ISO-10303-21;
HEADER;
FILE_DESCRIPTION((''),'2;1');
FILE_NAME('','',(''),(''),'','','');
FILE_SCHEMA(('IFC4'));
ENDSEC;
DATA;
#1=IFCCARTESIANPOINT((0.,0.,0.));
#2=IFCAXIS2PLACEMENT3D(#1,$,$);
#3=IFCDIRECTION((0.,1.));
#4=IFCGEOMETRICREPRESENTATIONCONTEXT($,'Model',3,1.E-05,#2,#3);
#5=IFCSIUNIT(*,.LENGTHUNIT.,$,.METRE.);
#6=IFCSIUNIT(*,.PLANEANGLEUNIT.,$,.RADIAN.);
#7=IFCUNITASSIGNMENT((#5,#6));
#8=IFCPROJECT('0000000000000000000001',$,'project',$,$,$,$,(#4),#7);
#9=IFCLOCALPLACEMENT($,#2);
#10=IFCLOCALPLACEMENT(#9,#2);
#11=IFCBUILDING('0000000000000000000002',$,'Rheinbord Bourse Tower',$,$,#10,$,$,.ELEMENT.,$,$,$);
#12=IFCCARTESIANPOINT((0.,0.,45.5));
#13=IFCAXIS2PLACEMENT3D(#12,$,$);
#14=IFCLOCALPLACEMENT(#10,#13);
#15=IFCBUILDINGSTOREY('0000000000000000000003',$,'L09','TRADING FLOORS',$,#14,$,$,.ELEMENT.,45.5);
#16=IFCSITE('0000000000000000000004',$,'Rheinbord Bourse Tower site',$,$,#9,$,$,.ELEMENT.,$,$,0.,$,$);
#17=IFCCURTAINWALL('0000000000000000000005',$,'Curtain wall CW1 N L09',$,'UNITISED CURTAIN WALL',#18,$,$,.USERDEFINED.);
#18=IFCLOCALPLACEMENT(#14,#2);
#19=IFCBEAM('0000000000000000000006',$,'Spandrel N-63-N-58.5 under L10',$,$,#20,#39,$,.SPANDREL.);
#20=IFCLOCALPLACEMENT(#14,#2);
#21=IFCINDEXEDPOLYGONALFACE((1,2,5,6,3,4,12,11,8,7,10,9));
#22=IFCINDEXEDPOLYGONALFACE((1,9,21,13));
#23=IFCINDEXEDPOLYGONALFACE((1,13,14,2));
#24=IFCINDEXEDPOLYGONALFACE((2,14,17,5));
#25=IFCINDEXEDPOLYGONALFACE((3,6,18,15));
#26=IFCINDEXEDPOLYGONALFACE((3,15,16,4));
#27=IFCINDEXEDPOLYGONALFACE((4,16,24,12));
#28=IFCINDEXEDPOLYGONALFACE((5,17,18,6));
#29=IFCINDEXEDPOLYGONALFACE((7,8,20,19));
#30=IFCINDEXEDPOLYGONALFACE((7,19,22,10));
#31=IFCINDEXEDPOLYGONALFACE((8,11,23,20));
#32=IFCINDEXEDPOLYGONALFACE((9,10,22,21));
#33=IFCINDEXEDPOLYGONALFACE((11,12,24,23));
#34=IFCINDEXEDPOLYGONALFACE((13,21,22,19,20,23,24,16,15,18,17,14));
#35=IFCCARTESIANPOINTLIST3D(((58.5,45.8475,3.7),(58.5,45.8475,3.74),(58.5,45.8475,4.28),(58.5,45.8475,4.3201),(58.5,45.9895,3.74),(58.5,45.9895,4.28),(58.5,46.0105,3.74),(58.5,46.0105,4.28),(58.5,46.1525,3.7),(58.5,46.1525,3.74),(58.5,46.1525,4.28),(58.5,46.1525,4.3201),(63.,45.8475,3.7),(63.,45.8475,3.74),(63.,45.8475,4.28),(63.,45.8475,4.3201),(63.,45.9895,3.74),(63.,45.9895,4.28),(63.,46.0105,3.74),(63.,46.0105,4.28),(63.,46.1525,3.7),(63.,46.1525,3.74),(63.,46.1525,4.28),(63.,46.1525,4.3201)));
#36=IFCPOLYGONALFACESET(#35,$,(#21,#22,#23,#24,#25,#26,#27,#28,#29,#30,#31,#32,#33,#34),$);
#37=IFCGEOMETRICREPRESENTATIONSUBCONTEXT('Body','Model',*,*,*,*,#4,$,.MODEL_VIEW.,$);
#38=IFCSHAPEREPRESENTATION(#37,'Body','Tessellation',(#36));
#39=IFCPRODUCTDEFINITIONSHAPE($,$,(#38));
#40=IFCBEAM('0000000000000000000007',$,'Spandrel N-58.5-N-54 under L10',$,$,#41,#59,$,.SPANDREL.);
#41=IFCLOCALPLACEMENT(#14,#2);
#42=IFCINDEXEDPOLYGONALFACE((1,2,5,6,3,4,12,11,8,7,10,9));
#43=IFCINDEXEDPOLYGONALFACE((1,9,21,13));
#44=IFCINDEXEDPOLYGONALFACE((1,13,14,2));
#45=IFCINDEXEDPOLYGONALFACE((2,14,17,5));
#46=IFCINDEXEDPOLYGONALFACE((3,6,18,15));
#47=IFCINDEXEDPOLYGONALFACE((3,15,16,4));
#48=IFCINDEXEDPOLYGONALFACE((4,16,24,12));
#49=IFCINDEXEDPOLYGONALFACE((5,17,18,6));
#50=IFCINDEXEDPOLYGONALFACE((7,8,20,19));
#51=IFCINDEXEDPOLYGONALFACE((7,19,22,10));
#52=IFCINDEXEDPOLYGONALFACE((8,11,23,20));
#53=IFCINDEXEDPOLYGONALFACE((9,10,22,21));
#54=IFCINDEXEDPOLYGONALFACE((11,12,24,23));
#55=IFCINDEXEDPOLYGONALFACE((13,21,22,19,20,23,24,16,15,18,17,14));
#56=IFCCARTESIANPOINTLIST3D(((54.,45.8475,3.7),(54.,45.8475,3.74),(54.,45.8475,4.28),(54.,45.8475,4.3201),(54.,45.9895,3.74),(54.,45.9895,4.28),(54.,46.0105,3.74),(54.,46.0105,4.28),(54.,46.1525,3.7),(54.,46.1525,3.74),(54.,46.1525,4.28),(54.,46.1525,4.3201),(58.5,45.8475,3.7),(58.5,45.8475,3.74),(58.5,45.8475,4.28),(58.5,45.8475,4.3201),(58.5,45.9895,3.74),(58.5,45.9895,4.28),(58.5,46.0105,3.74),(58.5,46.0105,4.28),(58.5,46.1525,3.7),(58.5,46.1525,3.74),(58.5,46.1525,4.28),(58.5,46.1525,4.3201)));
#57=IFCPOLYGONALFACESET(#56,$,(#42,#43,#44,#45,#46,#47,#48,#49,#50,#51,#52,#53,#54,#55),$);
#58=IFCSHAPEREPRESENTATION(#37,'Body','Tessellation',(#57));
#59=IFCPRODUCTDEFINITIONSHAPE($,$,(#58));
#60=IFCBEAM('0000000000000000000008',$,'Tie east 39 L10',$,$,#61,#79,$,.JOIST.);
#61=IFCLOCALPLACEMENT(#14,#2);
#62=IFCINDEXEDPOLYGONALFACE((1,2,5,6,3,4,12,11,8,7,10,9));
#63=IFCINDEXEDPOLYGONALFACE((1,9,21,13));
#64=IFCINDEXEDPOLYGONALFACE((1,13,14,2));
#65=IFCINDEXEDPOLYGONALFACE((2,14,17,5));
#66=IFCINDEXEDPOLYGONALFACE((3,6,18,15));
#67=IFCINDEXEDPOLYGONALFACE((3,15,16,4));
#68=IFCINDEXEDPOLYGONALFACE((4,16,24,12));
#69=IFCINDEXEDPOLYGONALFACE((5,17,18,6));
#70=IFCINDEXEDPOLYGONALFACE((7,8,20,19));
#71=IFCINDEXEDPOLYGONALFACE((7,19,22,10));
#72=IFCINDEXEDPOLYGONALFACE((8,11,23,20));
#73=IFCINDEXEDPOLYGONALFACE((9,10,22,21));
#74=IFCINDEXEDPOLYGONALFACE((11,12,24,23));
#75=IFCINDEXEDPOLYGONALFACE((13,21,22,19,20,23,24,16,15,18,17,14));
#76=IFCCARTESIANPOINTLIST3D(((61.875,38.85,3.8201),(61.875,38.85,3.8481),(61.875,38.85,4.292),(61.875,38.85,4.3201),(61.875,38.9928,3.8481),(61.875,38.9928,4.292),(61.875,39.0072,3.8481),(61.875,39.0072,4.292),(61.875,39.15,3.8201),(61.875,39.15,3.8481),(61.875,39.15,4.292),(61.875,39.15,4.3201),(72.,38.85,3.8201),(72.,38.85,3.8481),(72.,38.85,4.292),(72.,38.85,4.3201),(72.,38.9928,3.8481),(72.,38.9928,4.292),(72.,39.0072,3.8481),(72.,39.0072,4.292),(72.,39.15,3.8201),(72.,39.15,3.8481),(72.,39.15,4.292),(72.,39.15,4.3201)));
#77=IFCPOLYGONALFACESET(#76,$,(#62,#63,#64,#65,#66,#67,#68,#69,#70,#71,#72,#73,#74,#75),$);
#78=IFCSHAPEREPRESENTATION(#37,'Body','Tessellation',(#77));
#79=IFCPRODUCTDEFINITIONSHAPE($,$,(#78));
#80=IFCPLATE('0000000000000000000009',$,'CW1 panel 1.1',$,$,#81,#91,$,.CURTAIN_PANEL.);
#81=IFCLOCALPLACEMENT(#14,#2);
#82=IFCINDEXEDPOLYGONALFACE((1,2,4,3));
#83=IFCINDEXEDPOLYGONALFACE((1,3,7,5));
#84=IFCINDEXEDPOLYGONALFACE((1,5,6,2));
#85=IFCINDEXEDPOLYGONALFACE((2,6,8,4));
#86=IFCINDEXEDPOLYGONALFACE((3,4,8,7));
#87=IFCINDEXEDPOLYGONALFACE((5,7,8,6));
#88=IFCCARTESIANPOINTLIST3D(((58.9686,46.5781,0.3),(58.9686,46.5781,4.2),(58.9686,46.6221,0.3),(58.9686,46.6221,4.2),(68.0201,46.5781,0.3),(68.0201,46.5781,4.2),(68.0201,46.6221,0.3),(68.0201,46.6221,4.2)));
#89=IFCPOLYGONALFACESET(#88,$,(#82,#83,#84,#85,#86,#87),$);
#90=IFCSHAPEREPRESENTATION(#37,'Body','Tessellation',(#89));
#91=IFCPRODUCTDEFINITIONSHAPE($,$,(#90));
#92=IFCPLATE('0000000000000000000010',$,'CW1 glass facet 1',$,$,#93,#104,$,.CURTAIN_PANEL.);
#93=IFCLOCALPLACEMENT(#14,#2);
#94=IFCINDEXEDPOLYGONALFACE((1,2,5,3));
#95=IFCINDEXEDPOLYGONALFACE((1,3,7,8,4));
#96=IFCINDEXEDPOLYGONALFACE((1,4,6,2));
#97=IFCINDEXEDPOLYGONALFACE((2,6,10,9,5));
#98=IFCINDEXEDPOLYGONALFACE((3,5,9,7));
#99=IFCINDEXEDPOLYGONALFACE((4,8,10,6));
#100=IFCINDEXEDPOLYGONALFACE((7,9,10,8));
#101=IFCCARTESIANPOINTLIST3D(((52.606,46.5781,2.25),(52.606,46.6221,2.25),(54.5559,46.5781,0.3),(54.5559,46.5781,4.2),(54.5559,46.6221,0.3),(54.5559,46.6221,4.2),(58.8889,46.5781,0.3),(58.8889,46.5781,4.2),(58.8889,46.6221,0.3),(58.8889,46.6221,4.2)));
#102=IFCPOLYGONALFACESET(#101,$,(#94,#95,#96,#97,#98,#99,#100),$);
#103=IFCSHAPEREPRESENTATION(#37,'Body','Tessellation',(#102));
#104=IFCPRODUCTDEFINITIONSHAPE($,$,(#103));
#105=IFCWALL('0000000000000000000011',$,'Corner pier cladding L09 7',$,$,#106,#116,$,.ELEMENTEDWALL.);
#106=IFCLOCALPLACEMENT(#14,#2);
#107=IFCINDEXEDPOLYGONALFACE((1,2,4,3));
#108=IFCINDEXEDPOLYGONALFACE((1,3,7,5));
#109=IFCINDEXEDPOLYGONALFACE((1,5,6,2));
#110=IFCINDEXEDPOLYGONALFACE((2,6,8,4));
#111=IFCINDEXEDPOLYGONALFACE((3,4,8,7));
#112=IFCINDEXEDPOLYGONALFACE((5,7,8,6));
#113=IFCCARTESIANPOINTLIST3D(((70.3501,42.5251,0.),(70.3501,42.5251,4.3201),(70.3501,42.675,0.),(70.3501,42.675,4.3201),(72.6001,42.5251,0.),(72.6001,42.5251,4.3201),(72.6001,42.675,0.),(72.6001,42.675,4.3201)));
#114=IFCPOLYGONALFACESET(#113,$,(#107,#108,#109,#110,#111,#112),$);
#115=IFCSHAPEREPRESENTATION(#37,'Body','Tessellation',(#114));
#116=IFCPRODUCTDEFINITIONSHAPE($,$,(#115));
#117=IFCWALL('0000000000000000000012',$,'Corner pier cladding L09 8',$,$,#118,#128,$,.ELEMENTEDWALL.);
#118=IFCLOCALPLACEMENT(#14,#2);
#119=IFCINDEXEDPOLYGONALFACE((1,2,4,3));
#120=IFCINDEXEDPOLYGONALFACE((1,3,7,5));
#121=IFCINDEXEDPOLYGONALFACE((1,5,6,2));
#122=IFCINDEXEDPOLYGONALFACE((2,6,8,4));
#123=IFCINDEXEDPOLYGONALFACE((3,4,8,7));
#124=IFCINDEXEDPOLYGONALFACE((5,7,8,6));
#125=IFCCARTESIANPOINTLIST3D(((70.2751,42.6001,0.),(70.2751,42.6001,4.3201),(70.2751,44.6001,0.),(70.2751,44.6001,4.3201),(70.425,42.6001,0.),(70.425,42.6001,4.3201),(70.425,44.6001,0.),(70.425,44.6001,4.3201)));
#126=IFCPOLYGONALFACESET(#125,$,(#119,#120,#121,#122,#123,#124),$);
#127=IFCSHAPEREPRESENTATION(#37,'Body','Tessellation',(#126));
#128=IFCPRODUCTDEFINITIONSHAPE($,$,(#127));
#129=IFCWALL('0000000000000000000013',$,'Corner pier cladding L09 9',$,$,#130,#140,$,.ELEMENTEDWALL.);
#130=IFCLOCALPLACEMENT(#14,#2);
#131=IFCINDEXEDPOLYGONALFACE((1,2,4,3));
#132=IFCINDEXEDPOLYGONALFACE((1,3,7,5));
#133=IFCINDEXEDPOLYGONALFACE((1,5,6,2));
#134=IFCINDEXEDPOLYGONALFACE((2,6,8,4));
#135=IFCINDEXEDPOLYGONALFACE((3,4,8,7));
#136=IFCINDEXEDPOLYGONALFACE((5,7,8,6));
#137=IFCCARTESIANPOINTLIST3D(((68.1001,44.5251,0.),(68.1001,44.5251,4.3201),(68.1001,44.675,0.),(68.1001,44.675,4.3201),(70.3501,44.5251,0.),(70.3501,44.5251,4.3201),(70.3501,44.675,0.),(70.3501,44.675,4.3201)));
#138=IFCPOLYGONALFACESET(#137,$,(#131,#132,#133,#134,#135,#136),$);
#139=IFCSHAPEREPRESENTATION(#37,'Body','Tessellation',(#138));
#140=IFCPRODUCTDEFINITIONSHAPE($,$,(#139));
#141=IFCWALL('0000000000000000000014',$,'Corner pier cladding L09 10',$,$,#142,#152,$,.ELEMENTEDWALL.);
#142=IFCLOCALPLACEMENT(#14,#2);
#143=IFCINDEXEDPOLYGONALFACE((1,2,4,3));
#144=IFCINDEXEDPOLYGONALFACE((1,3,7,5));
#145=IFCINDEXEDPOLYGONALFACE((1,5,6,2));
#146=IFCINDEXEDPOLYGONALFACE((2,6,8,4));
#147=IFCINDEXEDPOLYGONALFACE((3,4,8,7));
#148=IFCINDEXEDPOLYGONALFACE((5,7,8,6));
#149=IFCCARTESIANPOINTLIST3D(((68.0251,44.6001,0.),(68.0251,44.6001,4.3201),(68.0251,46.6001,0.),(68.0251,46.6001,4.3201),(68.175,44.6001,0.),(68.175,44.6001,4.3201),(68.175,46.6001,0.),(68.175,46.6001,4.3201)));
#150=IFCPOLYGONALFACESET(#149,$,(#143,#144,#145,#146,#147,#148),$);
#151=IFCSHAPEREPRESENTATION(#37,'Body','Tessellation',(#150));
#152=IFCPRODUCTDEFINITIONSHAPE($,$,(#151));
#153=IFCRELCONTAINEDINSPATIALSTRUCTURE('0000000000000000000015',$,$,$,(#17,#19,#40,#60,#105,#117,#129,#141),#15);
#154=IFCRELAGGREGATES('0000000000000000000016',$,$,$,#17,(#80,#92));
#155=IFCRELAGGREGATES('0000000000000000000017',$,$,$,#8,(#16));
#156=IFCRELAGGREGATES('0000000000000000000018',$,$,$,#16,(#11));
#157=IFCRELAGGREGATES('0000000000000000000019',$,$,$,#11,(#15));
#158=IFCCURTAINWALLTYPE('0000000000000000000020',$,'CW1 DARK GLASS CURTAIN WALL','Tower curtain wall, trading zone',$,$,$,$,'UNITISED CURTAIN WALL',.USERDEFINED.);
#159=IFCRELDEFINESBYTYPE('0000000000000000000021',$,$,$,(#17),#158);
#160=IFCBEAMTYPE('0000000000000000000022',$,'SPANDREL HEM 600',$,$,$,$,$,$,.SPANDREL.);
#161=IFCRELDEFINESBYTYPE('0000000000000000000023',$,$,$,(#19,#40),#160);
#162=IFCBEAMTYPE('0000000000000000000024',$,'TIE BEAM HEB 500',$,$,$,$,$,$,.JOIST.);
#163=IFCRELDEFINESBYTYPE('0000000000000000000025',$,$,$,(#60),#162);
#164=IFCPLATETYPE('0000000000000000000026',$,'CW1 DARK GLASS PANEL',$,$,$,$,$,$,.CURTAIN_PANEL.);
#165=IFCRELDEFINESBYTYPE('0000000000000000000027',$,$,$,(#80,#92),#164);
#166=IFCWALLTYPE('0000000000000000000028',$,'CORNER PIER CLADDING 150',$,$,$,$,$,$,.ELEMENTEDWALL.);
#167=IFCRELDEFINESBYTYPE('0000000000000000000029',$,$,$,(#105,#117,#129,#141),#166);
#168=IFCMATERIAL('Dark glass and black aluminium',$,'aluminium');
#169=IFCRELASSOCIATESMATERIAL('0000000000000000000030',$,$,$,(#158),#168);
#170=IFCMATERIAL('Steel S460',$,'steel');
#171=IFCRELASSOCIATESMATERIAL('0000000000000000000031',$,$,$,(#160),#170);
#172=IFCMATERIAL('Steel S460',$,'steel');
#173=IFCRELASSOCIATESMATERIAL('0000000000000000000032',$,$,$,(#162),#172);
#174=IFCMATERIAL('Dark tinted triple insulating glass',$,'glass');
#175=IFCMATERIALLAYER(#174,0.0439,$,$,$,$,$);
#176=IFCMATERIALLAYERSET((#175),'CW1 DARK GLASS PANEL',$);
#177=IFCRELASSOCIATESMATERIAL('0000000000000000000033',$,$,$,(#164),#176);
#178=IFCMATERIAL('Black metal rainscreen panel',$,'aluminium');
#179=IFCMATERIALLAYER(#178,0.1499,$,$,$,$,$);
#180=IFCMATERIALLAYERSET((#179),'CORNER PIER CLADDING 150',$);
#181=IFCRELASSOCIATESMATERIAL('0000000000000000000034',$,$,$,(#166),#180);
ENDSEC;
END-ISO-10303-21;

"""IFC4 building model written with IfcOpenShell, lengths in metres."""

from ifc_helpers import new_model, si_unit, direction, frame, frame_2d, origin, origin_2d, place, context, subcontext, project, spatial, polyline, rectangle, i_section, outline, extrude, material, layer, layer_set, material_profile, profile_set, type_object, element, aggregate, save


model = new_model("IFC4")

# Units and contexts
model_context = context("Model", 3, precision=1e-05, world=origin(), true_north=direction((0.0, 1.0)))
body_context = subcontext(model_context, "Body", "Model", "MODEL_VIEW")
ifc_project = project(units=[si_unit("LENGTHUNIT", "METRE"), si_unit("PLANEANGLEUNIT", "RADIAN")], contexts=[model_context])

# Site, building, storey
site_placement = place(None, origin())
site = spatial("IfcSite", under=ifc_project, at=site_placement, Name="Rheinbord Bourse Tower site", CompositionType="ELEMENT", RefElevation=0.0)
building_placement = place(site_placement, origin())
building = spatial("IfcBuilding", under=site, at=building_placement, Name="Rheinbord Bourse Tower", CompositionType="ELEMENT")
storey_placement = place(building_placement, frame((0.0, 0.0, 45.5)))
storey = spatial("IfcBuildingStorey", under=building, at=storey_placement, Name="L09", Description="TRADING FLOORS", CompositionType="ELEMENT", Elevation=45.5)

# Shared definitions
ifc_material_1 = material(Name="Dark glass and black aluminium", Category="aluminium")
curtain_wall_type = type_object("IfcCurtainWallType", Name="CW1 DARK GLASS CURTAIN WALL", Description="Tower curtain wall, trading zone", ElementType="UNITISED CURTAIN WALL", PredefinedType="USERDEFINED", material=ifc_material_1)

# Curtain wall
curtain_wall_1_placement = place(storey_placement, origin())
curtain_wall_1 = element("IfcCurtainWall", 1, at=curtain_wall_1_placement, inside=storey, type_object=curtain_wall_type, Name="Curtain wall CW1 N L09", ObjectType="UNITISED CURTAIN WALL", PredefinedType="USERDEFINED")

# Beams
ifc_material_2 = material(Name="Steel S460", Category="steel")
ifc_material_profile_1 = material_profile(ifc_material_2, i_section(OverallWidth=0.3049, OverallDepth=0.6201, WebThickness=0.021, FlangeThickness=0.04, at=origin_2d()), Name="HEM 600")
ifc_profile_set_1 = profile_set([ifc_material_profile_1], Name="Steel S460")
beam_type_1 = type_object("IfcBeamType", Name="SPANDREL HEM 600", PredefinedType="SPANDREL", material=ifc_profile_set_1)
for number, where, z_axis, x_axis, name in (
    (2, (63.0, 46.0, 4.01), (-1.0, 0.0, 0.0), (0.0, -1.0, 0.0), "Spandrel N-63-N-58.5 under L10"),
    (3, (58.5, 46.0, 4.01), (-1.0, 0.0, 0.0), (0.0, -1.0, 0.0), "Spandrel N-58.5-N-54 under L10"),
):
    element("IfcBeam", number, at=place(storey_placement, frame(where, z_axis=z_axis, x_axis=x_axis)), inside=storey, type_object=beam_type_1, Name=name, PredefinedType="SPANDREL", context=body_context, shape_type="SweptSolid", body=[
        extrude(i_section(OverallWidth=0.3049, OverallDepth=0.6201, WebThickness=0.021, FlangeThickness=0.04, at=origin_2d()), origin(), (0.0, 0.0, 1.0), 4.5),
    ])
ifc_material_3 = material(Name="Steel S460", Category="steel")
ifc_material_profile_2 = material_profile(ifc_material_3, i_section(OverallWidth=0.3, OverallDepth=0.5, WebThickness=0.0144, FlangeThickness=0.0281, at=origin_2d()), Name="HEB 500")
ifc_profile_set_2 = profile_set([ifc_material_profile_2], Name="Steel S460")
beam_type_2 = type_object("IfcBeamType", Name="TIE BEAM HEB 500", PredefinedType="JOIST", material=ifc_profile_set_2)
beam_1_placement = place(storey_placement, frame((61.875, 39.0, 4.0701), z_axis=(1.0, 0.0, 0.0), x_axis=(0.0, 1.0, 0.0)))
element("IfcBeam", 4, at=beam_1_placement, inside=storey, type_object=beam_type_2, Name="Tie east 39 L10", PredefinedType="JOIST", context=body_context, shape_type="SweptSolid", body=[
    extrude(i_section(OverallWidth=0.3, OverallDepth=0.5, WebThickness=0.0144, FlangeThickness=0.0281, at=origin_2d()), origin(), (0.0, 0.0, 1.0), 10.125),
])

# Plates
ifc_material_4 = material(Name="Dark tinted triple insulating glass", Category="glass")
ifc_layer_1 = layer(ifc_material_4, 0.0439)
ifc_layer_set_1 = layer_set([ifc_layer_1], Name="CW1 DARK GLASS PANEL")
plate_type = type_object("IfcPlateType", Name="CW1 DARK GLASS PANEL", PredefinedType="CURTAIN_PANEL", material=ifc_layer_set_1)
plate_1_placement = place(storey_placement, frame((63.4944, 46.6001, 0.3), z_axis=(0.0, 0.0, 1.0), x_axis=(-1.0, 0.0, 0.0)))
plate_1 = element("IfcPlate", 5, at=plate_1_placement, type_object=plate_type, Name="CW1 panel 1.1", PredefinedType="CURTAIN_PANEL", context=body_context, shape_type="SweptSolid", body=[
    extrude(rectangle(XDim=9.0515, YDim=0.0439, at=origin_2d()), origin(), (0.0, 0.0, 1.0), 3.8999),
])
plate_2_placement = place(storey_placement, frame((58.8889, 46.6221, 0.3), z_axis=(0.0, -1.0, 0.0), x_axis=(0.0, 0.0, 1.0)))
plate_2 = element("IfcPlate", 6, at=plate_2_placement, type_object=plate_type, Name="CW1 glass facet 1", PredefinedType="CURTAIN_PANEL", context=body_context, shape_type="SweptSolid", body=[
    extrude(outline(polyline([(0.0, 0.0), (3.8999, 0.0), (3.8999, 4.333), (1.95, 6.283), (0.0, 4.333), (0.0, 0.0)])), origin(), (0.0, 0.0, 1.0), 0.0439),
])
aggregate(curtain_wall_1, [plate_1, plate_2])

# Walls
ifc_material_5 = material(Name="Black metal rainscreen panel", Category="aluminium")
ifc_layer_2 = layer(ifc_material_5, 0.1499)
ifc_layer_set_2 = layer_set([ifc_layer_2], Name="CORNER PIER CLADDING 150")
wall_type = type_object("IfcWallType", Name="CORNER PIER CLADDING 150", PredefinedType="ELEMENTEDWALL", material=ifc_layer_set_2)
wall_1_placement = place(storey_placement, frame((72.6001, 42.6001, 0.0), z_axis=(0.0, 0.0, 1.0), x_axis=(-1.0, 0.0, 0.0)))
element("IfcWall", 7, at=wall_1_placement, inside=storey, type_object=wall_type, Name="Corner pier cladding L09 7", PredefinedType="ELEMENTEDWALL", context=body_context, shape_type="SweptSolid", body=[
    extrude(rectangle(XDim=2.25, YDim=0.1499, at=frame_2d((1.125, 0.0))), origin(), (0.0, 0.0, 1.0), 4.3201),
])
wall_2_placement = place(storey_placement, frame((70.3501, 42.6001, 0.0), z_axis=(0.0, 0.0, 1.0), x_axis=(0.0, 1.0, 0.0)))
element("IfcWall", 8, at=wall_2_placement, inside=storey, type_object=wall_type, Name="Corner pier cladding L09 8", PredefinedType="ELEMENTEDWALL", context=body_context, shape_type="SweptSolid", body=[
    extrude(rectangle(XDim=2.0, YDim=0.1499, at=frame_2d((1.0, 0.0))), origin(), (0.0, 0.0, 1.0), 4.3201),
])
wall_3_placement = place(storey_placement, frame((70.3501, 44.6001, 0.0), z_axis=(0.0, 0.0, 1.0), x_axis=(-1.0, 0.0, 0.0)))
element("IfcWall", 9, at=wall_3_placement, inside=storey, type_object=wall_type, Name="Corner pier cladding L09 9", PredefinedType="ELEMENTEDWALL", context=body_context, shape_type="SweptSolid", body=[
    extrude(rectangle(XDim=2.25, YDim=0.1499, at=frame_2d((1.125, 0.0))), origin(), (0.0, 0.0, 1.0), 4.3201),
])
wall_4_placement = place(storey_placement, frame((68.1001, 44.6001, 0.0), z_axis=(0.0, 0.0, 1.0), x_axis=(0.0, 1.0, 0.0)))
element("IfcWall", 10, at=wall_4_placement, inside=storey, type_object=wall_type, Name="Corner pier cladding L09 10", PredefinedType="ELEMENTEDWALL", context=body_context, shape_type="SweptSolid", body=[
    extrude(rectangle(XDim=2.0, YDim=0.1499, at=frame_2d((1.0, 0.0))), origin(), (0.0, 0.0, 1.0), 4.3201),
])

save(model, "model.ifc")
